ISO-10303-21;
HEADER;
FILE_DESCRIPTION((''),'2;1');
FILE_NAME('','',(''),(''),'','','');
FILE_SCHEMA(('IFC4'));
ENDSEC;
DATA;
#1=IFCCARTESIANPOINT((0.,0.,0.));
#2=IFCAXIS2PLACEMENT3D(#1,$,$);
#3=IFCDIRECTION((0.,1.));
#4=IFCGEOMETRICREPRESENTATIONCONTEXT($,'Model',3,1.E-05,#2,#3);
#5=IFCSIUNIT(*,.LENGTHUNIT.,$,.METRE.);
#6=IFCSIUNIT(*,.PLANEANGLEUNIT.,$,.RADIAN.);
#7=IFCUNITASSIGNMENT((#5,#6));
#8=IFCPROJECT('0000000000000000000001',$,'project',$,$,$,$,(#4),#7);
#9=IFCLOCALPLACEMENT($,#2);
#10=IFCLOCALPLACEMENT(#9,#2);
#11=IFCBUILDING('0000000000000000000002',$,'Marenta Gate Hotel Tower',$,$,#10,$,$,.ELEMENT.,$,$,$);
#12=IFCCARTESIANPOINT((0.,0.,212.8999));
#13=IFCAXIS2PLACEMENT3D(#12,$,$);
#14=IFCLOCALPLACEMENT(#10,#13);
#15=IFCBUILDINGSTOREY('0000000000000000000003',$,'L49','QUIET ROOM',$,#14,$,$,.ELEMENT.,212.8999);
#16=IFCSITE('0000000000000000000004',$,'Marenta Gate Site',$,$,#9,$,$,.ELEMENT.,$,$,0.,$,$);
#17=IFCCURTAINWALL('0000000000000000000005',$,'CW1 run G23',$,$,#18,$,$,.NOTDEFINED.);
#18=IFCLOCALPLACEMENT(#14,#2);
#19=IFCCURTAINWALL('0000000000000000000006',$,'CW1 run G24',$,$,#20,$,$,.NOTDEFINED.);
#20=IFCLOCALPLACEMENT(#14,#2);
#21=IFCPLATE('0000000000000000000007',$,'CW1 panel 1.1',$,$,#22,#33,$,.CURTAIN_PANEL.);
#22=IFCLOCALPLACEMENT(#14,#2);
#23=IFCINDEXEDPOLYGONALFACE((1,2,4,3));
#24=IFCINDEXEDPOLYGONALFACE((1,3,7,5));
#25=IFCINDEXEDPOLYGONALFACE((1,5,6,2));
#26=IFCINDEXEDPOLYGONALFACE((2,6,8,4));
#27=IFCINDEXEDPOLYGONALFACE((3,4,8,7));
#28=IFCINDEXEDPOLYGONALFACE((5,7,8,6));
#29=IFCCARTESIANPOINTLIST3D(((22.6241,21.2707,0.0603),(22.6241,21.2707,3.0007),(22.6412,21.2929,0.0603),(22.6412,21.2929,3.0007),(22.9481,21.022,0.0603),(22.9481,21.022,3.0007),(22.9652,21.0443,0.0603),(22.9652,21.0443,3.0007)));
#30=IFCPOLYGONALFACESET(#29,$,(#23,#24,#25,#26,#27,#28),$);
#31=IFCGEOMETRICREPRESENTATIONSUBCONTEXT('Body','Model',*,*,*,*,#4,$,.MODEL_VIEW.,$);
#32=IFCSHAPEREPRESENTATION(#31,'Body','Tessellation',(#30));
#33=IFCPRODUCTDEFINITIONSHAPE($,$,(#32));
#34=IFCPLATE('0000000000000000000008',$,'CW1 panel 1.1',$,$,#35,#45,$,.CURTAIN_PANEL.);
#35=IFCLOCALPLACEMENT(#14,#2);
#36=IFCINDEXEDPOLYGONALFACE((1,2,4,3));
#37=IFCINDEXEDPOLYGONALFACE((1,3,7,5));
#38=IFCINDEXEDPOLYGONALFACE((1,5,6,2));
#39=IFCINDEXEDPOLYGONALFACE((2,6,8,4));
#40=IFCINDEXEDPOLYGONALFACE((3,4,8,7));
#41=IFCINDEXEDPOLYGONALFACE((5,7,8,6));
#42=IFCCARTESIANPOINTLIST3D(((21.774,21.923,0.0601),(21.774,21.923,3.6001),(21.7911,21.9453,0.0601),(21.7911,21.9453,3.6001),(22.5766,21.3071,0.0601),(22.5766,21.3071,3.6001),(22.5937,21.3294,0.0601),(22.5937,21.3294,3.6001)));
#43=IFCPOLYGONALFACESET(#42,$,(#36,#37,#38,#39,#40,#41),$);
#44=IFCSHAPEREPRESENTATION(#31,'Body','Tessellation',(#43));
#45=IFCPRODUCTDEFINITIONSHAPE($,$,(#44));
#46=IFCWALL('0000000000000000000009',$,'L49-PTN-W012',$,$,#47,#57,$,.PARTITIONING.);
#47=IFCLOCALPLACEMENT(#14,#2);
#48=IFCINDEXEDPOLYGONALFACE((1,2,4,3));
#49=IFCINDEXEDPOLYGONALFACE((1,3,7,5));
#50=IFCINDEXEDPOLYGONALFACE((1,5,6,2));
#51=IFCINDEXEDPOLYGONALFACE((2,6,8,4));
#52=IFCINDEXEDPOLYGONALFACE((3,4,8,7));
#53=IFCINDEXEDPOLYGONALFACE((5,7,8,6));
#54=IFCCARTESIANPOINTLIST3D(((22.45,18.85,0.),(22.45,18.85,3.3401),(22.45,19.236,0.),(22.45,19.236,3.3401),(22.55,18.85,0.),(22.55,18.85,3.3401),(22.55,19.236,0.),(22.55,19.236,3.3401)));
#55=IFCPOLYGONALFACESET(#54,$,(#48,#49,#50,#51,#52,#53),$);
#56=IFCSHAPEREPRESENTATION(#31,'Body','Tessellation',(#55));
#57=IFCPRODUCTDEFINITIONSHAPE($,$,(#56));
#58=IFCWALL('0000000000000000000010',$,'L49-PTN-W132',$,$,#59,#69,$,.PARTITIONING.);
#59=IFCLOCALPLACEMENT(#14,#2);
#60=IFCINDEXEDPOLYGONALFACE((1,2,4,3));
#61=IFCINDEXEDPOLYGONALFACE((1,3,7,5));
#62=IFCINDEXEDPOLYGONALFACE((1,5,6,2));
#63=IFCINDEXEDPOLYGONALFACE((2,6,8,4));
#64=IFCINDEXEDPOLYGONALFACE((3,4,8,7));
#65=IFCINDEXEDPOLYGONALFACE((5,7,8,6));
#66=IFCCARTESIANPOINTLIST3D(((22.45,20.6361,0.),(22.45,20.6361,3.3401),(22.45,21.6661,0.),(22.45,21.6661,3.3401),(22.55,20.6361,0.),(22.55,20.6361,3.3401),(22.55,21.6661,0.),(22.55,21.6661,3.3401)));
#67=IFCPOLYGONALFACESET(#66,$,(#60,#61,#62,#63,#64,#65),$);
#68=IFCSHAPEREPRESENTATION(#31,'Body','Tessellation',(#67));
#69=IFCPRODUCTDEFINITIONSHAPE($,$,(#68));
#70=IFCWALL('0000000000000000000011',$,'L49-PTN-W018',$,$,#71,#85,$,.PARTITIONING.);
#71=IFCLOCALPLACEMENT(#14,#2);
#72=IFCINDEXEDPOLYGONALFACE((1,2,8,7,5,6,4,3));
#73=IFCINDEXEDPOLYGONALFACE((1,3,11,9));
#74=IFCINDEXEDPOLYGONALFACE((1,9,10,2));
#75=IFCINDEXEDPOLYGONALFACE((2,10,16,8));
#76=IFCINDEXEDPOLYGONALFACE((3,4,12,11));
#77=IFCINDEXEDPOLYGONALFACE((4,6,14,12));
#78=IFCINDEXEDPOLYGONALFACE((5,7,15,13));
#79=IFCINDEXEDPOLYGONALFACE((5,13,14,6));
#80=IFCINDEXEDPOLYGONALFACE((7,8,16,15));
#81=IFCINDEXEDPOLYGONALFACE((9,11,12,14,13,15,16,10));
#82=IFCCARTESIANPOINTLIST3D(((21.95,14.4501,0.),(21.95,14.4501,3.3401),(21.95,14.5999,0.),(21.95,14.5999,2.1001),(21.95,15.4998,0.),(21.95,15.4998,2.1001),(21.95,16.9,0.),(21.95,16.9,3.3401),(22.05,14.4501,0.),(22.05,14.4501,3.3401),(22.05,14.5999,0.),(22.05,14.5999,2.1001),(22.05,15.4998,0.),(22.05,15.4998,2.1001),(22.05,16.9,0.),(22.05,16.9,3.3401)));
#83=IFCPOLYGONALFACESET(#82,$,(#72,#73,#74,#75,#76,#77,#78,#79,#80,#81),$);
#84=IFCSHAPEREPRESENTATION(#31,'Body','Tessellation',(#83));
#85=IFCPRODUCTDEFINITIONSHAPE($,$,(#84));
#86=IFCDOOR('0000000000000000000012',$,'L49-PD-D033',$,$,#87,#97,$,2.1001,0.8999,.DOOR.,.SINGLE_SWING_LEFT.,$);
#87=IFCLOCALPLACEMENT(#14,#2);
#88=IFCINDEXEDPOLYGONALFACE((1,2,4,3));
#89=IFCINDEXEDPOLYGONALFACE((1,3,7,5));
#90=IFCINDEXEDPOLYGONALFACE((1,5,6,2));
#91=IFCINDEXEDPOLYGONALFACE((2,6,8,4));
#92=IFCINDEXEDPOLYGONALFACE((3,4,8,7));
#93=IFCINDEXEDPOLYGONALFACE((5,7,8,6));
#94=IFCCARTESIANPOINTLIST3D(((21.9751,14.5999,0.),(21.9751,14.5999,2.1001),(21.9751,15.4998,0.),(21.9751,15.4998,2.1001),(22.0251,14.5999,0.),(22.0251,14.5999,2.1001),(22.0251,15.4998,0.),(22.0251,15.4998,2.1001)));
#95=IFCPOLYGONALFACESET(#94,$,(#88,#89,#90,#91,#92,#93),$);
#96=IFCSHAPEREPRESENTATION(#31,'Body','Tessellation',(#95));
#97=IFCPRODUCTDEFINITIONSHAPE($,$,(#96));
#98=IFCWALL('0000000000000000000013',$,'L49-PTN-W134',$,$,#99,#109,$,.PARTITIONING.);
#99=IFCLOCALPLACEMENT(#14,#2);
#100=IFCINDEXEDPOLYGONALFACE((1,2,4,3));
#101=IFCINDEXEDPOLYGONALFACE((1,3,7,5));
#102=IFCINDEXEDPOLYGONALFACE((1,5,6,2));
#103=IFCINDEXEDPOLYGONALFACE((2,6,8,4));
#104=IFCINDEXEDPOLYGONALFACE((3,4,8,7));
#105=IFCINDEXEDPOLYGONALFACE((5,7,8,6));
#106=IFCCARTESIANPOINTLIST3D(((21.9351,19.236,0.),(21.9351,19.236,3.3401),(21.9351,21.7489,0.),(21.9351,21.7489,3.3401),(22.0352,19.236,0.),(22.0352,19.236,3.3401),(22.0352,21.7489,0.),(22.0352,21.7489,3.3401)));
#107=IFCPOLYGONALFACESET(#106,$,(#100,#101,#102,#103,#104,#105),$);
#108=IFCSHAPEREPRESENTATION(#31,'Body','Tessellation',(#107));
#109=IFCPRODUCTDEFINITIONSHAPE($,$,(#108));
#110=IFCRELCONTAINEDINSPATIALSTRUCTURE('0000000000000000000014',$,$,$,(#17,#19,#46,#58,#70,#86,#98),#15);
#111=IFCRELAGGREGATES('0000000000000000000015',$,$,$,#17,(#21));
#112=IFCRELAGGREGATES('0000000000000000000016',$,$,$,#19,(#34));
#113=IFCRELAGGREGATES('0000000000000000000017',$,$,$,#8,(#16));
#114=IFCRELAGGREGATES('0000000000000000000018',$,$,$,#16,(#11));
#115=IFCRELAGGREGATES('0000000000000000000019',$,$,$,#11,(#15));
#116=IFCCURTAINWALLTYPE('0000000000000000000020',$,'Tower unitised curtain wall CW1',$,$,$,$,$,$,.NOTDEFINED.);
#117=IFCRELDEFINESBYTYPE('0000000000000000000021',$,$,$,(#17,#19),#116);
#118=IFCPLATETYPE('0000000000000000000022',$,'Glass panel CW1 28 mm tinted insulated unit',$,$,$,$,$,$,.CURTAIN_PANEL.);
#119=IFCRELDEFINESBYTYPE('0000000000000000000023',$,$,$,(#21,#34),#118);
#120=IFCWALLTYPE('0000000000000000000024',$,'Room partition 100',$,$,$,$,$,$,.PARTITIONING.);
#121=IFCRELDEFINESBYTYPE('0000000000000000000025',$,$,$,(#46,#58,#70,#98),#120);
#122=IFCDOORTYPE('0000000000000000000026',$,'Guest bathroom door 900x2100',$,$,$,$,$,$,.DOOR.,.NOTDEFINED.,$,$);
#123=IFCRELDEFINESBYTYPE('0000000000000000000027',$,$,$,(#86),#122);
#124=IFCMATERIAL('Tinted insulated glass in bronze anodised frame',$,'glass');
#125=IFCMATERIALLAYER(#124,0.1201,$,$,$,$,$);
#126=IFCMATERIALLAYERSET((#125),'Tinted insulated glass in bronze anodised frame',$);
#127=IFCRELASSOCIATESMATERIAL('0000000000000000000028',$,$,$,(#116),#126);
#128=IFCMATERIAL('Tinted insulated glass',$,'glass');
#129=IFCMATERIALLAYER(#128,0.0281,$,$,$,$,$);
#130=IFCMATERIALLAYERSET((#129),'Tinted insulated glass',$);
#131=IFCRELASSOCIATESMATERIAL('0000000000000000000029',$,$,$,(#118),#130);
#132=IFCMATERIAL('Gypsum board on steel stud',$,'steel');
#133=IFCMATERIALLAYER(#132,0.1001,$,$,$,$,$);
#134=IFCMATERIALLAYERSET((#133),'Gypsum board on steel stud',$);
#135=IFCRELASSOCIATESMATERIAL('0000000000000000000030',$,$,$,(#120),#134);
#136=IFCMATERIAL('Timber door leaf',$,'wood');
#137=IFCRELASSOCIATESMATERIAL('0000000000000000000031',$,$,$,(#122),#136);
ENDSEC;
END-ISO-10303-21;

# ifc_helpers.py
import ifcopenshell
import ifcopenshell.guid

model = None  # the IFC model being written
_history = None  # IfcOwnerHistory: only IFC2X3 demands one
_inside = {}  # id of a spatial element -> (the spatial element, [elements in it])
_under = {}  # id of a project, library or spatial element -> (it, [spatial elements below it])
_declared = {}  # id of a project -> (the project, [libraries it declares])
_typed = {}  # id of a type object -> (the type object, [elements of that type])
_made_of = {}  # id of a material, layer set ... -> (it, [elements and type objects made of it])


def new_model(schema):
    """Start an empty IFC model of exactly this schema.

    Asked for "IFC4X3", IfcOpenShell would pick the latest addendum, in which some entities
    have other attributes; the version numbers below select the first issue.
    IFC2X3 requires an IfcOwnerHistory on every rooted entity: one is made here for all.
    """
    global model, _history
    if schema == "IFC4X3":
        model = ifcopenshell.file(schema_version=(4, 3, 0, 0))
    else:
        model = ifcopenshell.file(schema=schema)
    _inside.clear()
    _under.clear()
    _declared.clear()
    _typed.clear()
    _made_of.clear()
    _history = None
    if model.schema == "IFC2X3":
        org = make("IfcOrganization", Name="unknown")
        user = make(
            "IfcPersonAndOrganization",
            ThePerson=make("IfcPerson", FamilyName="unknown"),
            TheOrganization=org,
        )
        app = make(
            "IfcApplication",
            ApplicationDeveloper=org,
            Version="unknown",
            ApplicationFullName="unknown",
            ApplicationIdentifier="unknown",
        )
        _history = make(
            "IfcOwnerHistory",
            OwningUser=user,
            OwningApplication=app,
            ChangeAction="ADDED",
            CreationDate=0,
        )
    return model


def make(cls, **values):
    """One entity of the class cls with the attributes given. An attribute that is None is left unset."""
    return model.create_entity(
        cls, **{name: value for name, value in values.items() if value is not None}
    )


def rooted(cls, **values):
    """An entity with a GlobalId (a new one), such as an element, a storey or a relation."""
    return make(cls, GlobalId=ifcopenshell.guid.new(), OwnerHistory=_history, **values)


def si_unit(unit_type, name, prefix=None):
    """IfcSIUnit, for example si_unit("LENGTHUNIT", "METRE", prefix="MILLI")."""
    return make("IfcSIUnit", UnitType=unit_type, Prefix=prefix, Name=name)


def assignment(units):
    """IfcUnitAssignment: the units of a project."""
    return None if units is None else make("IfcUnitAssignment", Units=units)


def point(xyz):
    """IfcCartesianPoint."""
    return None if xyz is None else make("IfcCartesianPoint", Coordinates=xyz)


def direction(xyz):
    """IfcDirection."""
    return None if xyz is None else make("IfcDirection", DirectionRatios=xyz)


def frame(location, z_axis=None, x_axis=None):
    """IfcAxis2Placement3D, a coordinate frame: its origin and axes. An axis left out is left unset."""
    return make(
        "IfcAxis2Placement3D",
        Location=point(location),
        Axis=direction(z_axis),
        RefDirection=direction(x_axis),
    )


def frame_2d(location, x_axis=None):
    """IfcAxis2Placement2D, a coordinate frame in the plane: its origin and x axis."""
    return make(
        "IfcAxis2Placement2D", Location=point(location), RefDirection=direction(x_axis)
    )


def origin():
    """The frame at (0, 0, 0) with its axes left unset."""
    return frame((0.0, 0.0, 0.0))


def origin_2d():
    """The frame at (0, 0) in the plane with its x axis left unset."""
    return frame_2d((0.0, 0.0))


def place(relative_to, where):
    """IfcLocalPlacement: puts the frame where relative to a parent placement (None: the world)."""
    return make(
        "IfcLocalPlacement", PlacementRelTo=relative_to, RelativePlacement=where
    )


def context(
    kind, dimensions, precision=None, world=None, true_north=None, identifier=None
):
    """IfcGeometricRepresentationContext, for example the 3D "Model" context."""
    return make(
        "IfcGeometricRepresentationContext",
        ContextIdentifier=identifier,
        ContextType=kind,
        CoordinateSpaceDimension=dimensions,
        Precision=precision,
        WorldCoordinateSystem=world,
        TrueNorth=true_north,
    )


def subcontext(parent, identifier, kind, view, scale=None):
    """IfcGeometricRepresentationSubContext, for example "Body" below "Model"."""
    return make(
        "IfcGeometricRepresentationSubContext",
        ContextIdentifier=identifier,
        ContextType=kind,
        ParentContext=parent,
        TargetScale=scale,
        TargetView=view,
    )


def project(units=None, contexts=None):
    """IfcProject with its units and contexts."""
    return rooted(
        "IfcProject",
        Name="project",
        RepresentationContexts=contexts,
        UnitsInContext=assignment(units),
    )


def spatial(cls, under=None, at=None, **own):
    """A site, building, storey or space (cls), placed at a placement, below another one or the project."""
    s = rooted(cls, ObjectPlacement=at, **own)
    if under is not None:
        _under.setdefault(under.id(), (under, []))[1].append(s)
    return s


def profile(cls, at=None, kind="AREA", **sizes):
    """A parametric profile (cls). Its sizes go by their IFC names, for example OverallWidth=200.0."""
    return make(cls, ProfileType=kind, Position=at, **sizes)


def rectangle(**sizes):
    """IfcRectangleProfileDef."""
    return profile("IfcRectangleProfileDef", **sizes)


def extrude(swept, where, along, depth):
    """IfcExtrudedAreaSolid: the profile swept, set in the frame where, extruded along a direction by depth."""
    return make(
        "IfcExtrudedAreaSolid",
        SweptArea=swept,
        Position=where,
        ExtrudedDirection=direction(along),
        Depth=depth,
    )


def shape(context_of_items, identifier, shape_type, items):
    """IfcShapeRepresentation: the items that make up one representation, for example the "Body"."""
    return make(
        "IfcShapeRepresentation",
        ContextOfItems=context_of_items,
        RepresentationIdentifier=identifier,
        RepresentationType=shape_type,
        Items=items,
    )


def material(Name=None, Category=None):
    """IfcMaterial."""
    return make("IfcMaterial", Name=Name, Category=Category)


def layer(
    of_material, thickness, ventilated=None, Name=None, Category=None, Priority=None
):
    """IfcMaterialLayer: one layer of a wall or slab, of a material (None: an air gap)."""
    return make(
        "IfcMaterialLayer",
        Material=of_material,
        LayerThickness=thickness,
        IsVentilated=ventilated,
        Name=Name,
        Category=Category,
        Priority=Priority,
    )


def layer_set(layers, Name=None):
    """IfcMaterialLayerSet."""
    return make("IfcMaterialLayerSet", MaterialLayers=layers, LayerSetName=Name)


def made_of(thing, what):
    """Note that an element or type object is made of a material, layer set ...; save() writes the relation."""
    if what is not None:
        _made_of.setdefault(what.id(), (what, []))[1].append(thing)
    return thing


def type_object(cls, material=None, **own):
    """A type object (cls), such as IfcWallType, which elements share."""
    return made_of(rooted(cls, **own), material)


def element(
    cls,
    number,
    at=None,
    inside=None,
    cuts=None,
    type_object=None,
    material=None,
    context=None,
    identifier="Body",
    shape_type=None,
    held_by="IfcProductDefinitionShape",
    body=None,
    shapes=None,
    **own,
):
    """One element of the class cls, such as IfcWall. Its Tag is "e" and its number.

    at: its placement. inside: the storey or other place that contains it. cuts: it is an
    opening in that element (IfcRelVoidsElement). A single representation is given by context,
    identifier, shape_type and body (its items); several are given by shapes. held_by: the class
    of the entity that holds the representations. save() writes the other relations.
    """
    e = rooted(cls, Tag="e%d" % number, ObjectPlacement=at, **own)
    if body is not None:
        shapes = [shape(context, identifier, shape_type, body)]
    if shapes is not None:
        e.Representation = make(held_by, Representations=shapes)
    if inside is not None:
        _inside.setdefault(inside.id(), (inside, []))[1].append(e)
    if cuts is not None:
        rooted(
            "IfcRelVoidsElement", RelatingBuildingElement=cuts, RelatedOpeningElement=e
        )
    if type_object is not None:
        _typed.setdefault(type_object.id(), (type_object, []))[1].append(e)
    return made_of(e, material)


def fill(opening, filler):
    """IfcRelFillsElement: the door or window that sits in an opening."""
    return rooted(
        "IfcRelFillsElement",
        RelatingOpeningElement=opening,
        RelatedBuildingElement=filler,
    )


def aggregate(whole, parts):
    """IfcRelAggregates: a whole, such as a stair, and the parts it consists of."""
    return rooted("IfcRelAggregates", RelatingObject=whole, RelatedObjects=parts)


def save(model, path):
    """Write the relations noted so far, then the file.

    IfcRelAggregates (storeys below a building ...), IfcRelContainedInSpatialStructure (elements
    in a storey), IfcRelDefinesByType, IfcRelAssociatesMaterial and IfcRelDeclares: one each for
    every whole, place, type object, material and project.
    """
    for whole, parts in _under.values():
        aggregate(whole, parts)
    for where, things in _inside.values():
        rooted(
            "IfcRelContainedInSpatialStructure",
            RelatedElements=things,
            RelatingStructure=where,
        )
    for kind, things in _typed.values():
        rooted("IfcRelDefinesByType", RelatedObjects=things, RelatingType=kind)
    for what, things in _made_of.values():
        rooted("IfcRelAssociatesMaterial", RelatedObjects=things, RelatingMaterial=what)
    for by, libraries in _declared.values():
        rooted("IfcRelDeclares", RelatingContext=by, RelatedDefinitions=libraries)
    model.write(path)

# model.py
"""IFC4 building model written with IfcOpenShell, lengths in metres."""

from ifc_helpers import new_model, si_unit, direction, frame, frame_2d, origin, origin_2d, place, context, subcontext, project, spatial, rectangle, extrude, material, layer, layer_set, type_object, element, fill, aggregate, save


model = new_model("IFC4")

# Units and contexts
model_context = context("Model", 3, precision=1e-05, world=origin(), true_north=direction((0.0, 1.0)))
body_context = subcontext(model_context, "Body", "Model", "MODEL_VIEW")
ifc_project = project(units=[si_unit("LENGTHUNIT", "METRE"), si_unit("PLANEANGLEUNIT", "RADIAN")], contexts=[model_context])

# Site, building, storey
site_placement = place(None, origin())
site = spatial("IfcSite", under=ifc_project, at=site_placement, Name="Marenta Gate Site", CompositionType="ELEMENT", RefElevation=0.0)
building_placement = place(site_placement, origin())
building = spatial("IfcBuilding", under=site, at=building_placement, Name="Marenta Gate Hotel Tower", CompositionType="ELEMENT")
storey_placement = place(building_placement, frame((0.0, 0.0, 212.8999)))
storey = spatial("IfcBuildingStorey", under=building, at=storey_placement, Name="L49", Description="QUIET ROOM", CompositionType="ELEMENT", Elevation=212.8999)

# Curtain walls
ifc_material_1 = material(Name="Tinted insulated glass in bronze anodised frame", Category="glass")
ifc_layer_1 = layer(ifc_material_1, 0.1201)
ifc_layer_set_1 = layer_set([ifc_layer_1], Name="Tinted insulated glass in bronze anodised frame")
curtain_wall_type = type_object("IfcCurtainWallType", Name="Tower unitised curtain wall CW1", PredefinedType="NOTDEFINED", material=ifc_layer_set_1)
curtain_wall_1_placement = place(storey_placement, origin())
curtain_wall_1 = element("IfcCurtainWall", 1, at=curtain_wall_1_placement, inside=storey, type_object=curtain_wall_type, Name="CW1 run G23", PredefinedType="NOTDEFINED")
curtain_wall_2_placement = place(storey_placement, origin())
curtain_wall_2 = element("IfcCurtainWall", 2, at=curtain_wall_2_placement, inside=storey, type_object=curtain_wall_type, Name="CW1 run G24", PredefinedType="NOTDEFINED")

# Plates
ifc_material_2 = material(Name="Tinted insulated glass", Category="glass")
ifc_layer_2 = layer(ifc_material_2, 0.0281)
ifc_layer_set_2 = layer_set([ifc_layer_2], Name="Tinted insulated glass")
plate_type = type_object("IfcPlateType", Name="Glass panel CW1 28 mm tinted insulated unit", PredefinedType="CURTAIN_PANEL", material=ifc_layer_set_2)
plate_1_placement = place(storey_placement, frame((22.7947, 21.1575, 0.0603), z_axis=(0.0, 0.0, 1.0), x_axis=(-0.79329, 0.608844, 0.0)))
plate_1 = element("IfcPlate", 3, at=plate_1_placement, type_object=plate_type, Name="CW1 panel 1.1", PredefinedType="CURTAIN_PANEL", context=body_context, shape_type="SweptSolid", body=[
    extrude(rectangle(XDim=0.4084, YDim=0.0281, at=origin_2d()), origin(), (0.0, 0.0, 1.0), 2.9404),
])
aggregate(curtain_wall_1, [plate_1])
plate_2_placement = place(storey_placement, frame((22.1838, 21.6262, 0.0601), z_axis=(0.0, 0.0, 1.0), x_axis=(-0.793345, 0.608772, 0.0)))
plate_2 = element("IfcPlate", 4, at=plate_2_placement, type_object=plate_type, Name="CW1 panel 1.1", PredefinedType="CURTAIN_PANEL", context=body_context, shape_type="SweptSolid", body=[
    extrude(rectangle(XDim=1.0117, YDim=0.0281, at=origin_2d()), origin(), (0.0, 0.0, 1.0), 3.54),
])
aggregate(curtain_wall_2, [plate_2])

# Walls
ifc_material_3 = material(Name="Gypsum board on steel stud", Category="steel")
ifc_layer_3 = layer(ifc_material_3, 0.1001)
ifc_layer_set_3 = layer_set([ifc_layer_3], Name="Gypsum board on steel stud")
wall_type = type_object("IfcWallType", Name="Room partition 100", PredefinedType="PARTITIONING", material=ifc_layer_set_3)
wall_1_placement = place(storey_placement, frame((22.5, 18.8501, 0.0), z_axis=(0.0, 0.0, 1.0), x_axis=(0.0, 1.0, 0.0)))
element("IfcWall", 5, at=wall_1_placement, inside=storey, type_object=wall_type, Name="L49-PTN-W012", PredefinedType="PARTITIONING", context=body_context, shape_type="SweptSolid", body=[
    extrude(rectangle(XDim=0.386, YDim=0.1001, at=frame_2d((0.1929, 0.0))), origin(), (0.0, 0.0, 1.0), 3.3401),
])
wall_2_placement = place(storey_placement, frame((22.5, 20.636, 0.0), z_axis=(0.0, 0.0, 1.0), x_axis=(0.0, 1.0, 0.0)))
element("IfcWall", 6, at=wall_2_placement, inside=storey, type_object=wall_type, Name="L49-PTN-W132", PredefinedType="PARTITIONING", context=body_context, shape_type="SweptSolid", body=[
    extrude(rectangle(XDim=1.03, YDim=0.1001, at=frame_2d((0.5151, 0.0))), origin(), (0.0, 0.0, 1.0), 3.3401),
])

# Wall, opening, door
wall_3_placement = place(storey_placement, frame((22.0, 14.45, 0.0), z_axis=(0.0, 0.0, 1.0), x_axis=(0.0, 1.0, 0.0)))
wall_3 = element("IfcWall", 7, at=wall_3_placement, inside=storey, type_object=wall_type, Name="L49-PTN-W018", PredefinedType="PARTITIONING", context=body_context, shape_type="SweptSolid", body=[
    extrude(rectangle(XDim=2.45, YDim=0.1001, at=frame_2d((1.2251, 0.0))), origin(), (0.0, 0.0, 1.0), 3.3401),
])
opening_placement = place(wall_3_placement, frame((0.1499, 0.0, 0.0)))
opening = element("IfcOpeningElement", 8, at=opening_placement, cuts=wall_3, PredefinedType="OPENING", context=body_context, shape_type="SweptSolid", body=[
    extrude(rectangle(XDim=0.8999, YDim=2.1001, at=frame_2d((0.45, 1.05))), frame((0.0, 0.05, 0.0), z_axis=(0.0, -1.0, 0.0), x_axis=(1.0, 0.0, 0.0)), (0.0, 0.0, 1.0), 0.1001),
])
ifc_material_4 = material(Name="Timber door leaf", Category="wood")
door_type = type_object("IfcDoorType", Name="Guest bathroom door 900x2100", OperationType="NOTDEFINED", PredefinedType="DOOR", material=ifc_material_4)
door_placement = place(opening_placement, origin())
door = element("IfcDoor", 9, at=door_placement, inside=storey, type_object=door_type, Name="L49-PD-D033", OperationType="SINGLE_SWING_LEFT", OverallHeight=2.1001, OverallWidth=0.8999, PredefinedType="DOOR", context=body_context, shape_type="SweptSolid", body=[
    extrude(rectangle(XDim=0.8999, YDim=2.1001, at=frame_2d((0.45, 1.05))), frame((0.0, 0.0249, 0.0), z_axis=(0.0, -1.0, 0.0), x_axis=(1.0, 0.0, 0.0)), (0.0, 0.0, 1.0), 0.05),
])
fill(opening, door)

# Wall
wall_4_placement = place(storey_placement, frame((21.9851, 19.2361, 0.0), z_axis=(0.0, 0.0, 1.0), x_axis=(0.0, 1.0, 0.0)))
element("IfcWall", 10, at=wall_4_placement, inside=storey, type_object=wall_type, Name="L49-PTN-W134", PredefinedType="PARTITIONING", context=body_context, shape_type="SweptSolid", body=[
    extrude(rectangle(XDim=2.5129, YDim=0.1001, at=frame_2d((1.2563, 0.0))), origin(), (0.0, 0.0, 1.0), 3.3401),
])

save(model, "model.ifc")
